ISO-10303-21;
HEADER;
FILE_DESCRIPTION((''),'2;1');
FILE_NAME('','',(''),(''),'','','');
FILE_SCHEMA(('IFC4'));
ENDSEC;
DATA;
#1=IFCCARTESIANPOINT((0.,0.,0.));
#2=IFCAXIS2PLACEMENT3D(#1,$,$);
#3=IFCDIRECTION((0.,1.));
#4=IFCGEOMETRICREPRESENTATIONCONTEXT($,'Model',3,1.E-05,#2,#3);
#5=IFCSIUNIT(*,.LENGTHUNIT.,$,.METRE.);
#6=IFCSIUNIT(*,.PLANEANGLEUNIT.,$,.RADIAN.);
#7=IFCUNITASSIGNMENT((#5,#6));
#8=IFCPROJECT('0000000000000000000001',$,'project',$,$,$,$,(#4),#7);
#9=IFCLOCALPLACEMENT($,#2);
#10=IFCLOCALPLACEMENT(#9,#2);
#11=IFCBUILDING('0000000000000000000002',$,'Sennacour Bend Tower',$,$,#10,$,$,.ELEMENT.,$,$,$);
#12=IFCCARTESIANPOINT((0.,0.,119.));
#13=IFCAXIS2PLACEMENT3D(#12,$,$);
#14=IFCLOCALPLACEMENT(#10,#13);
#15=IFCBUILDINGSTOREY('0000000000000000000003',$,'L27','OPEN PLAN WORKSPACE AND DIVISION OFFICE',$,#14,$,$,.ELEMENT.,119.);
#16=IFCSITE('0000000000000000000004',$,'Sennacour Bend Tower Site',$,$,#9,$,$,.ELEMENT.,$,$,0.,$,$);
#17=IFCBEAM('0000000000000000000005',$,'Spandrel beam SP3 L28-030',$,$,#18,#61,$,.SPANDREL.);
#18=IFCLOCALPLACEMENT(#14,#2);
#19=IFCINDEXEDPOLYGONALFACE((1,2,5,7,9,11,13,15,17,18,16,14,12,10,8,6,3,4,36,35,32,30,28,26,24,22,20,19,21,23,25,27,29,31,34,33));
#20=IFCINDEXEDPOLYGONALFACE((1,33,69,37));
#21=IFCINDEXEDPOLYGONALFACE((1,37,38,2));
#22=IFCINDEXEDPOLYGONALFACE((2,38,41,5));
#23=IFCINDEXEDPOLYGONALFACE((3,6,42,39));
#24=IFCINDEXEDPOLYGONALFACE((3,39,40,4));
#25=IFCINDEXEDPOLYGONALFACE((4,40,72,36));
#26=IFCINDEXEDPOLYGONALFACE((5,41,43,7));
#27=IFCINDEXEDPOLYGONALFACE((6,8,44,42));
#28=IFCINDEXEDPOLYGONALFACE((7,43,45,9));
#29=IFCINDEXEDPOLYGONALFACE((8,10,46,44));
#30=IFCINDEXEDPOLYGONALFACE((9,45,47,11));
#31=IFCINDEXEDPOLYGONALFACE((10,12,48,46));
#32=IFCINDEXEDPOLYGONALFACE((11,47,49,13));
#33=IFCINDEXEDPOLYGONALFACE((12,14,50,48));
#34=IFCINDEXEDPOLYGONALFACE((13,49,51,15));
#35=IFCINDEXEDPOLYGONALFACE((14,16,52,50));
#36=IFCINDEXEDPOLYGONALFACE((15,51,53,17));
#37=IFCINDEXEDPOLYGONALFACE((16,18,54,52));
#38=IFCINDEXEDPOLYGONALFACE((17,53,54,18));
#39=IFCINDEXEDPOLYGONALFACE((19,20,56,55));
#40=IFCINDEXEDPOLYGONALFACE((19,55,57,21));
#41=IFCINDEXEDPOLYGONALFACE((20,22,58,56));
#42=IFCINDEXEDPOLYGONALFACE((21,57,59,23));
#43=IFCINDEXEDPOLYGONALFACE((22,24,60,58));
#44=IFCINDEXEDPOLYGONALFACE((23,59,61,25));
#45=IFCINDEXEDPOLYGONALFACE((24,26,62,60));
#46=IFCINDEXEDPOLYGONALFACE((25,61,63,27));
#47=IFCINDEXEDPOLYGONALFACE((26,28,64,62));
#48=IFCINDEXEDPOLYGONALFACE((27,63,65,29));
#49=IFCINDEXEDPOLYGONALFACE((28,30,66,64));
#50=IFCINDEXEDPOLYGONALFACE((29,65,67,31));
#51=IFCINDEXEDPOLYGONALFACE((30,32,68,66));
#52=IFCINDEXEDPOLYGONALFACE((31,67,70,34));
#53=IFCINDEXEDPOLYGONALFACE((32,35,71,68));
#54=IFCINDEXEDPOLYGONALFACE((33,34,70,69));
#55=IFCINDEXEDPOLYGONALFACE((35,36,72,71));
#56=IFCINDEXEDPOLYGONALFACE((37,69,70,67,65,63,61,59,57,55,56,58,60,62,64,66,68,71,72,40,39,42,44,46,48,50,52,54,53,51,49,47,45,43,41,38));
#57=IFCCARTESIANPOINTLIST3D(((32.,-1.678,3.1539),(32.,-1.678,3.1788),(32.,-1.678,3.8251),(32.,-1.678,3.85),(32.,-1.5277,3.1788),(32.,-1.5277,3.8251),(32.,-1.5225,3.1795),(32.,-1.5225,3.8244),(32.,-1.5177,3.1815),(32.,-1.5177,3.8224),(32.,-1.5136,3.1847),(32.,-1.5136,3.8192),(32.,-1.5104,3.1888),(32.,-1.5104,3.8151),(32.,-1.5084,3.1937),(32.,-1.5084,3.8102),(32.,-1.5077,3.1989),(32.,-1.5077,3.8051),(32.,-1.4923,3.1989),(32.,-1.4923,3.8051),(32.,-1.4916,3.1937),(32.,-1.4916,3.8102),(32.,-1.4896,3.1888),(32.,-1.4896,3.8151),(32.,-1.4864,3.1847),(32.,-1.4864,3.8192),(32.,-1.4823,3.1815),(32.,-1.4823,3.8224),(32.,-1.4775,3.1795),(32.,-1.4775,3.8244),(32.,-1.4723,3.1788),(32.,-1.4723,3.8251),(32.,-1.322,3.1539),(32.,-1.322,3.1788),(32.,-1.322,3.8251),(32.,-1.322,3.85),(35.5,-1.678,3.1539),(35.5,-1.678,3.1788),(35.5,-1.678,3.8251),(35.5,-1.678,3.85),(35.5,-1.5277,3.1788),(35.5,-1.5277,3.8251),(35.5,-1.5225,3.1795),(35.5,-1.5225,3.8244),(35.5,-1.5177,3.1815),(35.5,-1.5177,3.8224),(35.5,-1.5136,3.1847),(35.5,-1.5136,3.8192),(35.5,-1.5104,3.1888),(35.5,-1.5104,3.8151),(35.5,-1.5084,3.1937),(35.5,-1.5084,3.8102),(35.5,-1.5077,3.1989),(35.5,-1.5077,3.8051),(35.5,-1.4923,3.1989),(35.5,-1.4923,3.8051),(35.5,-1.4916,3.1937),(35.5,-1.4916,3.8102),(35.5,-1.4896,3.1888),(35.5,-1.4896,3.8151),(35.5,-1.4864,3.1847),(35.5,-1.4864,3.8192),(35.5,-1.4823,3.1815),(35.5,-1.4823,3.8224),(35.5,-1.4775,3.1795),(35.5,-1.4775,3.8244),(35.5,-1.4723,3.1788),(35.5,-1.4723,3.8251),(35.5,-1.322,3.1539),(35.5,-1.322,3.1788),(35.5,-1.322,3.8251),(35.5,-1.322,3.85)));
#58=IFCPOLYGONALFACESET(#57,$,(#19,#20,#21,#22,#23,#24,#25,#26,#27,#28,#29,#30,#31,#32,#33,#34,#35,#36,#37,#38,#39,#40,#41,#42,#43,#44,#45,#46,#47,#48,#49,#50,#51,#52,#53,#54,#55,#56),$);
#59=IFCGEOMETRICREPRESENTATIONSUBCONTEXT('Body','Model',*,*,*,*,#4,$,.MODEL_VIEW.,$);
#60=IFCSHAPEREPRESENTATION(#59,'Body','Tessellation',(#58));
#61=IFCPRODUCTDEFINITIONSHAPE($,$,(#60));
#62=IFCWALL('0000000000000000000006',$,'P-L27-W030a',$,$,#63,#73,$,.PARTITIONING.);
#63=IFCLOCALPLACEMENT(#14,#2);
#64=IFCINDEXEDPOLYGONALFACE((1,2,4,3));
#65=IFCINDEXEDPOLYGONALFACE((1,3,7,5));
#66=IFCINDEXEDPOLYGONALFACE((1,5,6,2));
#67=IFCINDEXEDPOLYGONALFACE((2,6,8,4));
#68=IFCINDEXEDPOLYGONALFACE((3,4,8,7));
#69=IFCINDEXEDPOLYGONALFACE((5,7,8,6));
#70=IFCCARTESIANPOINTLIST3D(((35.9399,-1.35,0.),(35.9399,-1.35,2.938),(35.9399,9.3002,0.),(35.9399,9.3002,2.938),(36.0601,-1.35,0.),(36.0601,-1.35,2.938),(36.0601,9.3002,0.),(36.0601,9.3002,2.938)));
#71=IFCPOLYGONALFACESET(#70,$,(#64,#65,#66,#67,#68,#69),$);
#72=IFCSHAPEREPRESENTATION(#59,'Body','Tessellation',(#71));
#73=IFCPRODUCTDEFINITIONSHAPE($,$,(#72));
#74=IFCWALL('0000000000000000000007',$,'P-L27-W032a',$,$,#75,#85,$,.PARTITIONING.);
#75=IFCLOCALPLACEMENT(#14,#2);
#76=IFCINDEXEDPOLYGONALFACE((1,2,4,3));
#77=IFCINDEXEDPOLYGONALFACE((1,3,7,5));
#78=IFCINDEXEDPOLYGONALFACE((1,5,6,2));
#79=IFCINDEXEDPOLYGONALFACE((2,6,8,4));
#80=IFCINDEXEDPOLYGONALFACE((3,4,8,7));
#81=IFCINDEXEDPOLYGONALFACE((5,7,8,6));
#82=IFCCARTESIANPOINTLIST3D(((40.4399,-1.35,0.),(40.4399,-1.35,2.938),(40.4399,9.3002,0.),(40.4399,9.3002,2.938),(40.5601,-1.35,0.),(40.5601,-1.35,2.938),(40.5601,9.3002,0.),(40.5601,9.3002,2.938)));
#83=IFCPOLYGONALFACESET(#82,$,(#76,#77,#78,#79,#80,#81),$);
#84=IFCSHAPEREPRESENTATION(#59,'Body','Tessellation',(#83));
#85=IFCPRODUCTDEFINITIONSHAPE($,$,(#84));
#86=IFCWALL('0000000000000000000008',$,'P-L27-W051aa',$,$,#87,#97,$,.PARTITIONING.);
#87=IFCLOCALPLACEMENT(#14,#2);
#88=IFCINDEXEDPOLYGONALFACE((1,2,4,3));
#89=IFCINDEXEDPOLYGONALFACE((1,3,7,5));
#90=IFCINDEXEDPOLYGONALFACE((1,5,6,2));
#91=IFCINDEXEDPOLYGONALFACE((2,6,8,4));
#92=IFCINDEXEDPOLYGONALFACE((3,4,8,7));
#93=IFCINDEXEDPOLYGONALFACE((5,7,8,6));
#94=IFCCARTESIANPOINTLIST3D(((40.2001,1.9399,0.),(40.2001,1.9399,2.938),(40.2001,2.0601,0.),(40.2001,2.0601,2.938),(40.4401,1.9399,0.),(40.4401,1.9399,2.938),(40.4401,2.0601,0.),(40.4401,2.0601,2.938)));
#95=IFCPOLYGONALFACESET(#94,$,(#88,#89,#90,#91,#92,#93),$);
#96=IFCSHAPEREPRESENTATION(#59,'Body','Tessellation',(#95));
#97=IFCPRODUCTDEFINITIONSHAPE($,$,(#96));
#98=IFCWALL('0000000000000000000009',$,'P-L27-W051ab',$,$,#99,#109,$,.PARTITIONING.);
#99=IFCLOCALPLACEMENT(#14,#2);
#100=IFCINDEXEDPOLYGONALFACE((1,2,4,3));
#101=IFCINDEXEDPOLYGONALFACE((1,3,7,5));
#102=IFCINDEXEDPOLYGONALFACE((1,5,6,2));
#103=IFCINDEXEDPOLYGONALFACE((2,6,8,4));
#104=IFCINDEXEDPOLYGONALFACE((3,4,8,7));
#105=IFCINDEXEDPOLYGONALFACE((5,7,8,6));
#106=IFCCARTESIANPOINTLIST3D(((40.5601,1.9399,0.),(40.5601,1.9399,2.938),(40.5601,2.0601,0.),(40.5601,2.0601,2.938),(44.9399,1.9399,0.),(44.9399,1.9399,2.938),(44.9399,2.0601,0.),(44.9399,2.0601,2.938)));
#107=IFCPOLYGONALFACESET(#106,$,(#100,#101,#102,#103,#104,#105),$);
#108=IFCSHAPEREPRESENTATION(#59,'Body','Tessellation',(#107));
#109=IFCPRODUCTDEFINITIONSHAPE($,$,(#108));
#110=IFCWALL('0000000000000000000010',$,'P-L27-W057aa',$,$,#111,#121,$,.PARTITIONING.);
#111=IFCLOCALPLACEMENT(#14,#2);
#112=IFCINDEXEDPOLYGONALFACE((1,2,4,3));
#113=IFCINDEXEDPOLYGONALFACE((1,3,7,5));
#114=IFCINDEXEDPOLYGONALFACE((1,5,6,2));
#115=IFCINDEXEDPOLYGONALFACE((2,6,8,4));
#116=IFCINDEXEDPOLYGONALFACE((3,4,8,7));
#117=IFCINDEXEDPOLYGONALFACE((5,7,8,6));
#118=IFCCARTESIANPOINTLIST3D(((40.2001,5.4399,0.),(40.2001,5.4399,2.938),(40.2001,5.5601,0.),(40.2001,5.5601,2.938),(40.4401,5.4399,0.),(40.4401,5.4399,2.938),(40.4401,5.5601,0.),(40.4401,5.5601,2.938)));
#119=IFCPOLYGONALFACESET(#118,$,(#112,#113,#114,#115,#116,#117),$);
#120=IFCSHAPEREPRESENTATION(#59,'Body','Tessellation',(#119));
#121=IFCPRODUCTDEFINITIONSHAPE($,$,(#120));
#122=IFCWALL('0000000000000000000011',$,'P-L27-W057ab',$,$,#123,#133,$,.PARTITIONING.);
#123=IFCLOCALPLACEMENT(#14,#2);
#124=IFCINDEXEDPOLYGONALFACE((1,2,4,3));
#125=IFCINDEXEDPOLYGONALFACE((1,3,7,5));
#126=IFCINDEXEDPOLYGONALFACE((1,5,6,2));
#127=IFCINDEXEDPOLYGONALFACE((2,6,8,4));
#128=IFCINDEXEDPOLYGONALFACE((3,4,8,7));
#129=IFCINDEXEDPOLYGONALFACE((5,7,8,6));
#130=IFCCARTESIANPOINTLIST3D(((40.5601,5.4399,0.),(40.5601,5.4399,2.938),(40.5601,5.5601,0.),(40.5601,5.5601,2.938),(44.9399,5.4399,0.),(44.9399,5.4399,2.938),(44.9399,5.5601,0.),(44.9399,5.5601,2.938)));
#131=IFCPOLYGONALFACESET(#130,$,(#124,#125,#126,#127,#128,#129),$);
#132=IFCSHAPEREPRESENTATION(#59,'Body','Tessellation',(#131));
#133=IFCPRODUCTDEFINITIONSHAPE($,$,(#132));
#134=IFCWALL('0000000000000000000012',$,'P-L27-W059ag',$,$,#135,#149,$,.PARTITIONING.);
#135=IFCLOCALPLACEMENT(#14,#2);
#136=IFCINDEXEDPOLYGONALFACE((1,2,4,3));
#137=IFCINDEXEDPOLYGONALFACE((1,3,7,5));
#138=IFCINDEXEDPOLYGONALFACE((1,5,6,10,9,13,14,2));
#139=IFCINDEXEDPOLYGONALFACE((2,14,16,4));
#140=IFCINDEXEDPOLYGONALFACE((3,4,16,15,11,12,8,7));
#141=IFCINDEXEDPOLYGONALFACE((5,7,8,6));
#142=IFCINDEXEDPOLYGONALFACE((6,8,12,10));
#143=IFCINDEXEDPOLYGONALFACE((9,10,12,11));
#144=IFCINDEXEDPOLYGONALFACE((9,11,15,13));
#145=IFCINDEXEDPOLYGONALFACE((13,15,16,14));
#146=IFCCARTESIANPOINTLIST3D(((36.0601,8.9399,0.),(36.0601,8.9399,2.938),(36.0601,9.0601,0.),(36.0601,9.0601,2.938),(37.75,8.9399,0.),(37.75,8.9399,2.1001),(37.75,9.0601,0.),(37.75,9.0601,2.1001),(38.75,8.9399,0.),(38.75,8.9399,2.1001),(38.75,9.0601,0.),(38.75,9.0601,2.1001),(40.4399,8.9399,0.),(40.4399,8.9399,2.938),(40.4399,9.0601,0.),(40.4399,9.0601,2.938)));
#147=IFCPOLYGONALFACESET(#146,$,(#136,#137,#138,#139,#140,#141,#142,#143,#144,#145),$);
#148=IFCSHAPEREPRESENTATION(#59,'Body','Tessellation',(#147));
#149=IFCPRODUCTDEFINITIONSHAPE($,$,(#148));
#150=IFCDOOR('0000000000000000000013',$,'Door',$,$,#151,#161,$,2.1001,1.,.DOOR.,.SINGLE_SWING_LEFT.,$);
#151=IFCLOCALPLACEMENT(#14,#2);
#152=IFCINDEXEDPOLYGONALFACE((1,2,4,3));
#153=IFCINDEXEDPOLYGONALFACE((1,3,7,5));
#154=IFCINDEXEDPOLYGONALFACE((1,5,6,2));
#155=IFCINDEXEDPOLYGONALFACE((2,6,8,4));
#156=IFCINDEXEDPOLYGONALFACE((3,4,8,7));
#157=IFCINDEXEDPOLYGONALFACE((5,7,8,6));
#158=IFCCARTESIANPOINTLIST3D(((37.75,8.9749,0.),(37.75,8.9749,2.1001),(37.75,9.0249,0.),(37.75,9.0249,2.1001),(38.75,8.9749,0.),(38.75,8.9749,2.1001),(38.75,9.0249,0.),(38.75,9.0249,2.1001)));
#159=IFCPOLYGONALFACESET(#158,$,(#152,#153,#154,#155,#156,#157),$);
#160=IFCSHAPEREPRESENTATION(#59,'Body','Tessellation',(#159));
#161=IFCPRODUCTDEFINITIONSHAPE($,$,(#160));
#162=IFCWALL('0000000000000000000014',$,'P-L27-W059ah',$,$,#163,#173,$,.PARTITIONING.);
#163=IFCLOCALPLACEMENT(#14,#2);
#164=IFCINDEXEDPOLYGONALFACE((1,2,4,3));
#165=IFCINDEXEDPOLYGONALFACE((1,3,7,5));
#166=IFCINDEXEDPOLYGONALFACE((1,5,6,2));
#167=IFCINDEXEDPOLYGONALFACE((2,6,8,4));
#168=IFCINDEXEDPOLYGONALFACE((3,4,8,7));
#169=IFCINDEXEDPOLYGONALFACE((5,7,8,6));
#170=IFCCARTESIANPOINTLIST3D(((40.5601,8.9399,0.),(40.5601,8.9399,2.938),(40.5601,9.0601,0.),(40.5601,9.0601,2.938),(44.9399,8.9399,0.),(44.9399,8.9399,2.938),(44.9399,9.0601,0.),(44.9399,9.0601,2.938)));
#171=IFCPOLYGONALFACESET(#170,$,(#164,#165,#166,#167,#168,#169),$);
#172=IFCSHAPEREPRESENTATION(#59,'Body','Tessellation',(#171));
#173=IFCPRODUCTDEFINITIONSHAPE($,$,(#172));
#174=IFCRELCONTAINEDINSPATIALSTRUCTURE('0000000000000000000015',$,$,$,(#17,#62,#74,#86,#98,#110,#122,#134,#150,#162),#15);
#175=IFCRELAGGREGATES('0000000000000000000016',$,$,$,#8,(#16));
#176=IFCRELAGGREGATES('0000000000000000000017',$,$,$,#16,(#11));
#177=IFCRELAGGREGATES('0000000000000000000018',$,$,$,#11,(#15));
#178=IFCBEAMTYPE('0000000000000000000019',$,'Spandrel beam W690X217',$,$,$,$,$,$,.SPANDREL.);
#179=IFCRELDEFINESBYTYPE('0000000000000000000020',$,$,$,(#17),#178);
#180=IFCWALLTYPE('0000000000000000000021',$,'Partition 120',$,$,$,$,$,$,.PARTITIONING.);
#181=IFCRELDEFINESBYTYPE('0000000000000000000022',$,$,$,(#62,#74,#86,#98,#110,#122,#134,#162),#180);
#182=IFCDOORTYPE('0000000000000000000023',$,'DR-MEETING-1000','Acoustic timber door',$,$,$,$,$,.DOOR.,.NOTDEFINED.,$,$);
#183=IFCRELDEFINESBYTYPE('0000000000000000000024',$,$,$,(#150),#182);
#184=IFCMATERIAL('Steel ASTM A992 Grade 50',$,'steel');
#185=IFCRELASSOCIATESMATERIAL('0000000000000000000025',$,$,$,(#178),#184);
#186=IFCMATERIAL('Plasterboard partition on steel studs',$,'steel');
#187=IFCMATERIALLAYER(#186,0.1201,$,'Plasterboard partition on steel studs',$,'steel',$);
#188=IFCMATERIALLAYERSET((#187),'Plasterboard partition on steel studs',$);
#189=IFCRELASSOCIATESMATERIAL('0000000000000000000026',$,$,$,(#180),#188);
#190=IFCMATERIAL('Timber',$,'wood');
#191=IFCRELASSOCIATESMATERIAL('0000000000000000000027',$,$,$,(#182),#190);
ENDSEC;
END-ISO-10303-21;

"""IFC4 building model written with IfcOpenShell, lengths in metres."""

from ifc_helpers import new_model, si_unit, direction, frame, frame_2d, origin, origin_2d, place, context, subcontext, project, spatial, rectangle, i_section, extrude, material, layer, layer_set, material_profile, profile_set, type_object, element, fill, save


model = new_model("IFC4")

# Units and contexts
model_context = context("Model", 3, precision=1e-05, world=origin(), true_north=direction((0.0, 1.0)))
body_context = subcontext(model_context, "Body", "Model", "MODEL_VIEW")
ifc_project = project(units=[si_unit("LENGTHUNIT", "METRE"), si_unit("PLANEANGLEUNIT", "RADIAN")], contexts=[model_context])

# Site, building, storey
site_placement = place(None, origin())
site = spatial("IfcSite", under=ifc_project, at=site_placement, Name="Sennacour Bend Tower Site", CompositionType="ELEMENT", RefElevation=0.0)
building_placement = place(site_placement, origin())
building = spatial("IfcBuilding", under=site, at=building_placement, Name="Sennacour Bend Tower", CompositionType="ELEMENT")
storey_placement = place(building_placement, frame((0.0, 0.0, 119.0)))
storey = spatial("IfcBuildingStorey", under=building, at=storey_placement, Name="L27", Description="OPEN PLAN WORKSPACE AND DIVISION OFFICE", CompositionType="ELEMENT", Elevation=119.0)

# Beam
ifc_material_1 = material(Name="Steel ASTM A992 Grade 50", Category="steel")
ifc_material_profile_1 = material_profile(ifc_material_1, i_section(OverallWidth=0.356, OverallDepth=0.696, WebThickness=0.0154, FlangeThickness=0.0249, FilletRadius=0.02, at=origin_2d()), Name="Steel ASTM A992 Grade 50", Category="steel")
ifc_profile_set_1 = profile_set([ifc_material_profile_1], Name="Steel ASTM A992 Grade 50")
beam_type_1 = type_object("IfcBeamType", Name="Spandrel beam W690X217", PredefinedType="SPANDREL", material=ifc_profile_set_1)
for number, where, z_axis, x_axis, name in (
    (1, (35.5, -1.5, 3.502), (-1.0, 0.0, 0.0), (0.0, -1.0, 0.0), "Spandrel beam SP3 L28-030"),
):
    element("IfcBeam", number, at=place(storey_placement, frame(where, z_axis=z_axis, x_axis=x_axis)), inside=storey, type_object=beam_type_1, Name=name, PredefinedType="SPANDREL", context=body_context, shape_type="SweptSolid", body=[
        extrude(i_section(OverallWidth=0.356, OverallDepth=0.696, WebThickness=0.0154, FlangeThickness=0.0249, FilletRadius=0.02, at=origin_2d()), origin(), (0.0, 0.0, 1.0), 3.5),
    ])

# Walls
ifc_material_2 = material(Name="Plasterboard partition on steel studs", Category="steel")
ifc_layer_1 = layer(ifc_material_2, 0.1201, Name="Plasterboard partition on steel studs", Category="steel")
ifc_layer_set_1 = layer_set([ifc_layer_1], Name="Plasterboard partition on steel studs")
wall_type_1 = type_object("IfcWallType", Name="Partition 120", PredefinedType="PARTITIONING", material=ifc_layer_set_1)
for number, where, z_axis, x_axis, name in (
    (2, (36.0, -1.3501, 0.0), (0.0, 0.0, 1.0), (0.0, 1.0, 0.0), "P-L27-W030a"),
    (3, (40.5, -1.3501, 0.0), (0.0, 0.0, 1.0), (0.0, 1.0, 0.0), "P-L27-W032a"),
):
    element("IfcWall", number, at=place(storey_placement, frame(where, z_axis=z_axis, x_axis=x_axis)), inside=storey, type_object=wall_type_1, Name=name, PredefinedType="PARTITIONING", context=body_context, shape_type="SweptSolid", body=[
        extrude(rectangle(XDim=10.6501, YDim=0.1201, at=frame_2d((5.3252, 0.0))), origin(), (0.0, 0.0, 1.0), 2.938),
    ])
wall_1_placement = place(storey_placement, frame((40.2, 2.0, 0.0), z_axis=(0.0, 0.0, 1.0), x_axis=(1.0, 0.0, 0.0)))
element("IfcWall", 4, at=wall_1_placement, inside=storey, type_object=wall_type_1, Name="P-L27-W051aa", PredefinedType="PARTITIONING", context=body_context, shape_type="SweptSolid", body=[
    extrude(rectangle(XDim=0.24, YDim=0.1201, at=frame_2d((0.1201, 0.0))), origin(), (0.0, 0.0, 1.0), 2.938),
])
wall_2_placement = place(storey_placement, frame((40.5601, 2.0, 0.0), z_axis=(0.0, 0.0, 1.0), x_axis=(1.0, 0.0, 0.0)))
element("IfcWall", 5, at=wall_2_placement, inside=storey, type_object=wall_type_1, Name="P-L27-W051ab", PredefinedType="PARTITIONING", context=body_context, shape_type="SweptSolid", body=[
    extrude(rectangle(XDim=4.3799, YDim=0.1201, at=frame_2d((2.1899, 0.0))), origin(), (0.0, 0.0, 1.0), 2.938),
])
wall_3_placement = place(storey_placement, frame((40.2, 5.5, 0.0), z_axis=(0.0, 0.0, 1.0), x_axis=(1.0, 0.0, 0.0)))
element("IfcWall", 6, at=wall_3_placement, inside=storey, type_object=wall_type_1, Name="P-L27-W057aa", PredefinedType="PARTITIONING", context=body_context, shape_type="SweptSolid", body=[
    extrude(rectangle(XDim=0.24, YDim=0.1201, at=frame_2d((0.1201, 0.0))), origin(), (0.0, 0.0, 1.0), 2.938),
])
wall_4_placement = place(storey_placement, frame((40.5601, 5.5, 0.0), z_axis=(0.0, 0.0, 1.0), x_axis=(1.0, 0.0, 0.0)))
element("IfcWall", 7, at=wall_4_placement, inside=storey, type_object=wall_type_1, Name="P-L27-W057ab", PredefinedType="PARTITIONING", context=body_context, shape_type="SweptSolid", body=[
    extrude(rectangle(XDim=4.3799, YDim=0.1201, at=frame_2d((2.1899, 0.0))), origin(), (0.0, 0.0, 1.0), 2.938),
])

# Wall, opening, door
wall_5_placement = place(storey_placement, frame((36.0601, 9.0, 0.0), z_axis=(0.0, 0.0, 1.0), x_axis=(1.0, 0.0, 0.0)))
wall_5 = element("IfcWall", 8, at=wall_5_placement, inside=storey, type_object=wall_type_1, Name="P-L27-W059ag", PredefinedType="PARTITIONING", context=body_context, shape_type="SweptSolid", body=[
    extrude(rectangle(XDim=4.3799, YDim=0.1201, at=frame_2d((2.1899, 0.0))), origin(), (0.0, 0.0, 1.0), 2.938),
])
opening_1_placement = place(wall_5_placement, frame((1.6899, 0.0, 0.0)))
opening_1 = element("IfcOpeningElement", 9, at=opening_1_placement, cuts=wall_5, PredefinedType="OPENING", context=body_context, shape_type="SweptSolid", body=[
    extrude(rectangle(XDim=1.0, YDim=2.1001, at=frame_2d((0.5, 1.05))), frame((0.0, 0.0701, 0.0), z_axis=(0.0, -1.0, 0.0), x_axis=(1.0, 0.0, 0.0)), (0.0, 0.0, 1.0), 0.1401),
])
ifc_material_3 = material(Name="Timber", Category="wood")
door_type = type_object("IfcDoorType", Name="DR-MEETING-1000", Description="Acoustic timber door", OperationType="NOTDEFINED", PredefinedType="DOOR", material=ifc_material_3)
door_placement = place(opening_1_placement, origin())
door = element("IfcDoor", 10, at=door_placement, inside=storey, type_object=door_type, Name="Door", OperationType="SINGLE_SWING_LEFT", OverallHeight=2.1001, OverallWidth=1.0, PredefinedType="DOOR", context=body_context, shape_type="SweptSolid", body=[
    extrude(rectangle(XDim=1.0, YDim=2.1001, at=frame_2d((0.5, 1.05))), frame((0.0, 0.0249, 0.0), z_axis=(0.0, -1.0, 0.0), x_axis=(1.0, 0.0, 0.0)), (0.0, 0.0, 1.0), 0.05),
])
fill(opening_1, door)

# Wall
wall_6_placement = place(storey_placement, frame((40.5601, 9.0, 0.0), z_axis=(0.0, 0.0, 1.0), x_axis=(1.0, 0.0, 0.0)))
element("IfcWall", 11, at=wall_6_placement, inside=storey, type_object=wall_type_1, Name="P-L27-W059ah", PredefinedType="PARTITIONING", context=body_context, shape_type="SweptSolid", body=[
    extrude(rectangle(XDim=4.3799, YDim=0.1201, at=frame_2d((2.1899, 0.0))), origin(), (0.0, 0.0, 1.0), 2.938),
])

save(model, "model.ifc")
